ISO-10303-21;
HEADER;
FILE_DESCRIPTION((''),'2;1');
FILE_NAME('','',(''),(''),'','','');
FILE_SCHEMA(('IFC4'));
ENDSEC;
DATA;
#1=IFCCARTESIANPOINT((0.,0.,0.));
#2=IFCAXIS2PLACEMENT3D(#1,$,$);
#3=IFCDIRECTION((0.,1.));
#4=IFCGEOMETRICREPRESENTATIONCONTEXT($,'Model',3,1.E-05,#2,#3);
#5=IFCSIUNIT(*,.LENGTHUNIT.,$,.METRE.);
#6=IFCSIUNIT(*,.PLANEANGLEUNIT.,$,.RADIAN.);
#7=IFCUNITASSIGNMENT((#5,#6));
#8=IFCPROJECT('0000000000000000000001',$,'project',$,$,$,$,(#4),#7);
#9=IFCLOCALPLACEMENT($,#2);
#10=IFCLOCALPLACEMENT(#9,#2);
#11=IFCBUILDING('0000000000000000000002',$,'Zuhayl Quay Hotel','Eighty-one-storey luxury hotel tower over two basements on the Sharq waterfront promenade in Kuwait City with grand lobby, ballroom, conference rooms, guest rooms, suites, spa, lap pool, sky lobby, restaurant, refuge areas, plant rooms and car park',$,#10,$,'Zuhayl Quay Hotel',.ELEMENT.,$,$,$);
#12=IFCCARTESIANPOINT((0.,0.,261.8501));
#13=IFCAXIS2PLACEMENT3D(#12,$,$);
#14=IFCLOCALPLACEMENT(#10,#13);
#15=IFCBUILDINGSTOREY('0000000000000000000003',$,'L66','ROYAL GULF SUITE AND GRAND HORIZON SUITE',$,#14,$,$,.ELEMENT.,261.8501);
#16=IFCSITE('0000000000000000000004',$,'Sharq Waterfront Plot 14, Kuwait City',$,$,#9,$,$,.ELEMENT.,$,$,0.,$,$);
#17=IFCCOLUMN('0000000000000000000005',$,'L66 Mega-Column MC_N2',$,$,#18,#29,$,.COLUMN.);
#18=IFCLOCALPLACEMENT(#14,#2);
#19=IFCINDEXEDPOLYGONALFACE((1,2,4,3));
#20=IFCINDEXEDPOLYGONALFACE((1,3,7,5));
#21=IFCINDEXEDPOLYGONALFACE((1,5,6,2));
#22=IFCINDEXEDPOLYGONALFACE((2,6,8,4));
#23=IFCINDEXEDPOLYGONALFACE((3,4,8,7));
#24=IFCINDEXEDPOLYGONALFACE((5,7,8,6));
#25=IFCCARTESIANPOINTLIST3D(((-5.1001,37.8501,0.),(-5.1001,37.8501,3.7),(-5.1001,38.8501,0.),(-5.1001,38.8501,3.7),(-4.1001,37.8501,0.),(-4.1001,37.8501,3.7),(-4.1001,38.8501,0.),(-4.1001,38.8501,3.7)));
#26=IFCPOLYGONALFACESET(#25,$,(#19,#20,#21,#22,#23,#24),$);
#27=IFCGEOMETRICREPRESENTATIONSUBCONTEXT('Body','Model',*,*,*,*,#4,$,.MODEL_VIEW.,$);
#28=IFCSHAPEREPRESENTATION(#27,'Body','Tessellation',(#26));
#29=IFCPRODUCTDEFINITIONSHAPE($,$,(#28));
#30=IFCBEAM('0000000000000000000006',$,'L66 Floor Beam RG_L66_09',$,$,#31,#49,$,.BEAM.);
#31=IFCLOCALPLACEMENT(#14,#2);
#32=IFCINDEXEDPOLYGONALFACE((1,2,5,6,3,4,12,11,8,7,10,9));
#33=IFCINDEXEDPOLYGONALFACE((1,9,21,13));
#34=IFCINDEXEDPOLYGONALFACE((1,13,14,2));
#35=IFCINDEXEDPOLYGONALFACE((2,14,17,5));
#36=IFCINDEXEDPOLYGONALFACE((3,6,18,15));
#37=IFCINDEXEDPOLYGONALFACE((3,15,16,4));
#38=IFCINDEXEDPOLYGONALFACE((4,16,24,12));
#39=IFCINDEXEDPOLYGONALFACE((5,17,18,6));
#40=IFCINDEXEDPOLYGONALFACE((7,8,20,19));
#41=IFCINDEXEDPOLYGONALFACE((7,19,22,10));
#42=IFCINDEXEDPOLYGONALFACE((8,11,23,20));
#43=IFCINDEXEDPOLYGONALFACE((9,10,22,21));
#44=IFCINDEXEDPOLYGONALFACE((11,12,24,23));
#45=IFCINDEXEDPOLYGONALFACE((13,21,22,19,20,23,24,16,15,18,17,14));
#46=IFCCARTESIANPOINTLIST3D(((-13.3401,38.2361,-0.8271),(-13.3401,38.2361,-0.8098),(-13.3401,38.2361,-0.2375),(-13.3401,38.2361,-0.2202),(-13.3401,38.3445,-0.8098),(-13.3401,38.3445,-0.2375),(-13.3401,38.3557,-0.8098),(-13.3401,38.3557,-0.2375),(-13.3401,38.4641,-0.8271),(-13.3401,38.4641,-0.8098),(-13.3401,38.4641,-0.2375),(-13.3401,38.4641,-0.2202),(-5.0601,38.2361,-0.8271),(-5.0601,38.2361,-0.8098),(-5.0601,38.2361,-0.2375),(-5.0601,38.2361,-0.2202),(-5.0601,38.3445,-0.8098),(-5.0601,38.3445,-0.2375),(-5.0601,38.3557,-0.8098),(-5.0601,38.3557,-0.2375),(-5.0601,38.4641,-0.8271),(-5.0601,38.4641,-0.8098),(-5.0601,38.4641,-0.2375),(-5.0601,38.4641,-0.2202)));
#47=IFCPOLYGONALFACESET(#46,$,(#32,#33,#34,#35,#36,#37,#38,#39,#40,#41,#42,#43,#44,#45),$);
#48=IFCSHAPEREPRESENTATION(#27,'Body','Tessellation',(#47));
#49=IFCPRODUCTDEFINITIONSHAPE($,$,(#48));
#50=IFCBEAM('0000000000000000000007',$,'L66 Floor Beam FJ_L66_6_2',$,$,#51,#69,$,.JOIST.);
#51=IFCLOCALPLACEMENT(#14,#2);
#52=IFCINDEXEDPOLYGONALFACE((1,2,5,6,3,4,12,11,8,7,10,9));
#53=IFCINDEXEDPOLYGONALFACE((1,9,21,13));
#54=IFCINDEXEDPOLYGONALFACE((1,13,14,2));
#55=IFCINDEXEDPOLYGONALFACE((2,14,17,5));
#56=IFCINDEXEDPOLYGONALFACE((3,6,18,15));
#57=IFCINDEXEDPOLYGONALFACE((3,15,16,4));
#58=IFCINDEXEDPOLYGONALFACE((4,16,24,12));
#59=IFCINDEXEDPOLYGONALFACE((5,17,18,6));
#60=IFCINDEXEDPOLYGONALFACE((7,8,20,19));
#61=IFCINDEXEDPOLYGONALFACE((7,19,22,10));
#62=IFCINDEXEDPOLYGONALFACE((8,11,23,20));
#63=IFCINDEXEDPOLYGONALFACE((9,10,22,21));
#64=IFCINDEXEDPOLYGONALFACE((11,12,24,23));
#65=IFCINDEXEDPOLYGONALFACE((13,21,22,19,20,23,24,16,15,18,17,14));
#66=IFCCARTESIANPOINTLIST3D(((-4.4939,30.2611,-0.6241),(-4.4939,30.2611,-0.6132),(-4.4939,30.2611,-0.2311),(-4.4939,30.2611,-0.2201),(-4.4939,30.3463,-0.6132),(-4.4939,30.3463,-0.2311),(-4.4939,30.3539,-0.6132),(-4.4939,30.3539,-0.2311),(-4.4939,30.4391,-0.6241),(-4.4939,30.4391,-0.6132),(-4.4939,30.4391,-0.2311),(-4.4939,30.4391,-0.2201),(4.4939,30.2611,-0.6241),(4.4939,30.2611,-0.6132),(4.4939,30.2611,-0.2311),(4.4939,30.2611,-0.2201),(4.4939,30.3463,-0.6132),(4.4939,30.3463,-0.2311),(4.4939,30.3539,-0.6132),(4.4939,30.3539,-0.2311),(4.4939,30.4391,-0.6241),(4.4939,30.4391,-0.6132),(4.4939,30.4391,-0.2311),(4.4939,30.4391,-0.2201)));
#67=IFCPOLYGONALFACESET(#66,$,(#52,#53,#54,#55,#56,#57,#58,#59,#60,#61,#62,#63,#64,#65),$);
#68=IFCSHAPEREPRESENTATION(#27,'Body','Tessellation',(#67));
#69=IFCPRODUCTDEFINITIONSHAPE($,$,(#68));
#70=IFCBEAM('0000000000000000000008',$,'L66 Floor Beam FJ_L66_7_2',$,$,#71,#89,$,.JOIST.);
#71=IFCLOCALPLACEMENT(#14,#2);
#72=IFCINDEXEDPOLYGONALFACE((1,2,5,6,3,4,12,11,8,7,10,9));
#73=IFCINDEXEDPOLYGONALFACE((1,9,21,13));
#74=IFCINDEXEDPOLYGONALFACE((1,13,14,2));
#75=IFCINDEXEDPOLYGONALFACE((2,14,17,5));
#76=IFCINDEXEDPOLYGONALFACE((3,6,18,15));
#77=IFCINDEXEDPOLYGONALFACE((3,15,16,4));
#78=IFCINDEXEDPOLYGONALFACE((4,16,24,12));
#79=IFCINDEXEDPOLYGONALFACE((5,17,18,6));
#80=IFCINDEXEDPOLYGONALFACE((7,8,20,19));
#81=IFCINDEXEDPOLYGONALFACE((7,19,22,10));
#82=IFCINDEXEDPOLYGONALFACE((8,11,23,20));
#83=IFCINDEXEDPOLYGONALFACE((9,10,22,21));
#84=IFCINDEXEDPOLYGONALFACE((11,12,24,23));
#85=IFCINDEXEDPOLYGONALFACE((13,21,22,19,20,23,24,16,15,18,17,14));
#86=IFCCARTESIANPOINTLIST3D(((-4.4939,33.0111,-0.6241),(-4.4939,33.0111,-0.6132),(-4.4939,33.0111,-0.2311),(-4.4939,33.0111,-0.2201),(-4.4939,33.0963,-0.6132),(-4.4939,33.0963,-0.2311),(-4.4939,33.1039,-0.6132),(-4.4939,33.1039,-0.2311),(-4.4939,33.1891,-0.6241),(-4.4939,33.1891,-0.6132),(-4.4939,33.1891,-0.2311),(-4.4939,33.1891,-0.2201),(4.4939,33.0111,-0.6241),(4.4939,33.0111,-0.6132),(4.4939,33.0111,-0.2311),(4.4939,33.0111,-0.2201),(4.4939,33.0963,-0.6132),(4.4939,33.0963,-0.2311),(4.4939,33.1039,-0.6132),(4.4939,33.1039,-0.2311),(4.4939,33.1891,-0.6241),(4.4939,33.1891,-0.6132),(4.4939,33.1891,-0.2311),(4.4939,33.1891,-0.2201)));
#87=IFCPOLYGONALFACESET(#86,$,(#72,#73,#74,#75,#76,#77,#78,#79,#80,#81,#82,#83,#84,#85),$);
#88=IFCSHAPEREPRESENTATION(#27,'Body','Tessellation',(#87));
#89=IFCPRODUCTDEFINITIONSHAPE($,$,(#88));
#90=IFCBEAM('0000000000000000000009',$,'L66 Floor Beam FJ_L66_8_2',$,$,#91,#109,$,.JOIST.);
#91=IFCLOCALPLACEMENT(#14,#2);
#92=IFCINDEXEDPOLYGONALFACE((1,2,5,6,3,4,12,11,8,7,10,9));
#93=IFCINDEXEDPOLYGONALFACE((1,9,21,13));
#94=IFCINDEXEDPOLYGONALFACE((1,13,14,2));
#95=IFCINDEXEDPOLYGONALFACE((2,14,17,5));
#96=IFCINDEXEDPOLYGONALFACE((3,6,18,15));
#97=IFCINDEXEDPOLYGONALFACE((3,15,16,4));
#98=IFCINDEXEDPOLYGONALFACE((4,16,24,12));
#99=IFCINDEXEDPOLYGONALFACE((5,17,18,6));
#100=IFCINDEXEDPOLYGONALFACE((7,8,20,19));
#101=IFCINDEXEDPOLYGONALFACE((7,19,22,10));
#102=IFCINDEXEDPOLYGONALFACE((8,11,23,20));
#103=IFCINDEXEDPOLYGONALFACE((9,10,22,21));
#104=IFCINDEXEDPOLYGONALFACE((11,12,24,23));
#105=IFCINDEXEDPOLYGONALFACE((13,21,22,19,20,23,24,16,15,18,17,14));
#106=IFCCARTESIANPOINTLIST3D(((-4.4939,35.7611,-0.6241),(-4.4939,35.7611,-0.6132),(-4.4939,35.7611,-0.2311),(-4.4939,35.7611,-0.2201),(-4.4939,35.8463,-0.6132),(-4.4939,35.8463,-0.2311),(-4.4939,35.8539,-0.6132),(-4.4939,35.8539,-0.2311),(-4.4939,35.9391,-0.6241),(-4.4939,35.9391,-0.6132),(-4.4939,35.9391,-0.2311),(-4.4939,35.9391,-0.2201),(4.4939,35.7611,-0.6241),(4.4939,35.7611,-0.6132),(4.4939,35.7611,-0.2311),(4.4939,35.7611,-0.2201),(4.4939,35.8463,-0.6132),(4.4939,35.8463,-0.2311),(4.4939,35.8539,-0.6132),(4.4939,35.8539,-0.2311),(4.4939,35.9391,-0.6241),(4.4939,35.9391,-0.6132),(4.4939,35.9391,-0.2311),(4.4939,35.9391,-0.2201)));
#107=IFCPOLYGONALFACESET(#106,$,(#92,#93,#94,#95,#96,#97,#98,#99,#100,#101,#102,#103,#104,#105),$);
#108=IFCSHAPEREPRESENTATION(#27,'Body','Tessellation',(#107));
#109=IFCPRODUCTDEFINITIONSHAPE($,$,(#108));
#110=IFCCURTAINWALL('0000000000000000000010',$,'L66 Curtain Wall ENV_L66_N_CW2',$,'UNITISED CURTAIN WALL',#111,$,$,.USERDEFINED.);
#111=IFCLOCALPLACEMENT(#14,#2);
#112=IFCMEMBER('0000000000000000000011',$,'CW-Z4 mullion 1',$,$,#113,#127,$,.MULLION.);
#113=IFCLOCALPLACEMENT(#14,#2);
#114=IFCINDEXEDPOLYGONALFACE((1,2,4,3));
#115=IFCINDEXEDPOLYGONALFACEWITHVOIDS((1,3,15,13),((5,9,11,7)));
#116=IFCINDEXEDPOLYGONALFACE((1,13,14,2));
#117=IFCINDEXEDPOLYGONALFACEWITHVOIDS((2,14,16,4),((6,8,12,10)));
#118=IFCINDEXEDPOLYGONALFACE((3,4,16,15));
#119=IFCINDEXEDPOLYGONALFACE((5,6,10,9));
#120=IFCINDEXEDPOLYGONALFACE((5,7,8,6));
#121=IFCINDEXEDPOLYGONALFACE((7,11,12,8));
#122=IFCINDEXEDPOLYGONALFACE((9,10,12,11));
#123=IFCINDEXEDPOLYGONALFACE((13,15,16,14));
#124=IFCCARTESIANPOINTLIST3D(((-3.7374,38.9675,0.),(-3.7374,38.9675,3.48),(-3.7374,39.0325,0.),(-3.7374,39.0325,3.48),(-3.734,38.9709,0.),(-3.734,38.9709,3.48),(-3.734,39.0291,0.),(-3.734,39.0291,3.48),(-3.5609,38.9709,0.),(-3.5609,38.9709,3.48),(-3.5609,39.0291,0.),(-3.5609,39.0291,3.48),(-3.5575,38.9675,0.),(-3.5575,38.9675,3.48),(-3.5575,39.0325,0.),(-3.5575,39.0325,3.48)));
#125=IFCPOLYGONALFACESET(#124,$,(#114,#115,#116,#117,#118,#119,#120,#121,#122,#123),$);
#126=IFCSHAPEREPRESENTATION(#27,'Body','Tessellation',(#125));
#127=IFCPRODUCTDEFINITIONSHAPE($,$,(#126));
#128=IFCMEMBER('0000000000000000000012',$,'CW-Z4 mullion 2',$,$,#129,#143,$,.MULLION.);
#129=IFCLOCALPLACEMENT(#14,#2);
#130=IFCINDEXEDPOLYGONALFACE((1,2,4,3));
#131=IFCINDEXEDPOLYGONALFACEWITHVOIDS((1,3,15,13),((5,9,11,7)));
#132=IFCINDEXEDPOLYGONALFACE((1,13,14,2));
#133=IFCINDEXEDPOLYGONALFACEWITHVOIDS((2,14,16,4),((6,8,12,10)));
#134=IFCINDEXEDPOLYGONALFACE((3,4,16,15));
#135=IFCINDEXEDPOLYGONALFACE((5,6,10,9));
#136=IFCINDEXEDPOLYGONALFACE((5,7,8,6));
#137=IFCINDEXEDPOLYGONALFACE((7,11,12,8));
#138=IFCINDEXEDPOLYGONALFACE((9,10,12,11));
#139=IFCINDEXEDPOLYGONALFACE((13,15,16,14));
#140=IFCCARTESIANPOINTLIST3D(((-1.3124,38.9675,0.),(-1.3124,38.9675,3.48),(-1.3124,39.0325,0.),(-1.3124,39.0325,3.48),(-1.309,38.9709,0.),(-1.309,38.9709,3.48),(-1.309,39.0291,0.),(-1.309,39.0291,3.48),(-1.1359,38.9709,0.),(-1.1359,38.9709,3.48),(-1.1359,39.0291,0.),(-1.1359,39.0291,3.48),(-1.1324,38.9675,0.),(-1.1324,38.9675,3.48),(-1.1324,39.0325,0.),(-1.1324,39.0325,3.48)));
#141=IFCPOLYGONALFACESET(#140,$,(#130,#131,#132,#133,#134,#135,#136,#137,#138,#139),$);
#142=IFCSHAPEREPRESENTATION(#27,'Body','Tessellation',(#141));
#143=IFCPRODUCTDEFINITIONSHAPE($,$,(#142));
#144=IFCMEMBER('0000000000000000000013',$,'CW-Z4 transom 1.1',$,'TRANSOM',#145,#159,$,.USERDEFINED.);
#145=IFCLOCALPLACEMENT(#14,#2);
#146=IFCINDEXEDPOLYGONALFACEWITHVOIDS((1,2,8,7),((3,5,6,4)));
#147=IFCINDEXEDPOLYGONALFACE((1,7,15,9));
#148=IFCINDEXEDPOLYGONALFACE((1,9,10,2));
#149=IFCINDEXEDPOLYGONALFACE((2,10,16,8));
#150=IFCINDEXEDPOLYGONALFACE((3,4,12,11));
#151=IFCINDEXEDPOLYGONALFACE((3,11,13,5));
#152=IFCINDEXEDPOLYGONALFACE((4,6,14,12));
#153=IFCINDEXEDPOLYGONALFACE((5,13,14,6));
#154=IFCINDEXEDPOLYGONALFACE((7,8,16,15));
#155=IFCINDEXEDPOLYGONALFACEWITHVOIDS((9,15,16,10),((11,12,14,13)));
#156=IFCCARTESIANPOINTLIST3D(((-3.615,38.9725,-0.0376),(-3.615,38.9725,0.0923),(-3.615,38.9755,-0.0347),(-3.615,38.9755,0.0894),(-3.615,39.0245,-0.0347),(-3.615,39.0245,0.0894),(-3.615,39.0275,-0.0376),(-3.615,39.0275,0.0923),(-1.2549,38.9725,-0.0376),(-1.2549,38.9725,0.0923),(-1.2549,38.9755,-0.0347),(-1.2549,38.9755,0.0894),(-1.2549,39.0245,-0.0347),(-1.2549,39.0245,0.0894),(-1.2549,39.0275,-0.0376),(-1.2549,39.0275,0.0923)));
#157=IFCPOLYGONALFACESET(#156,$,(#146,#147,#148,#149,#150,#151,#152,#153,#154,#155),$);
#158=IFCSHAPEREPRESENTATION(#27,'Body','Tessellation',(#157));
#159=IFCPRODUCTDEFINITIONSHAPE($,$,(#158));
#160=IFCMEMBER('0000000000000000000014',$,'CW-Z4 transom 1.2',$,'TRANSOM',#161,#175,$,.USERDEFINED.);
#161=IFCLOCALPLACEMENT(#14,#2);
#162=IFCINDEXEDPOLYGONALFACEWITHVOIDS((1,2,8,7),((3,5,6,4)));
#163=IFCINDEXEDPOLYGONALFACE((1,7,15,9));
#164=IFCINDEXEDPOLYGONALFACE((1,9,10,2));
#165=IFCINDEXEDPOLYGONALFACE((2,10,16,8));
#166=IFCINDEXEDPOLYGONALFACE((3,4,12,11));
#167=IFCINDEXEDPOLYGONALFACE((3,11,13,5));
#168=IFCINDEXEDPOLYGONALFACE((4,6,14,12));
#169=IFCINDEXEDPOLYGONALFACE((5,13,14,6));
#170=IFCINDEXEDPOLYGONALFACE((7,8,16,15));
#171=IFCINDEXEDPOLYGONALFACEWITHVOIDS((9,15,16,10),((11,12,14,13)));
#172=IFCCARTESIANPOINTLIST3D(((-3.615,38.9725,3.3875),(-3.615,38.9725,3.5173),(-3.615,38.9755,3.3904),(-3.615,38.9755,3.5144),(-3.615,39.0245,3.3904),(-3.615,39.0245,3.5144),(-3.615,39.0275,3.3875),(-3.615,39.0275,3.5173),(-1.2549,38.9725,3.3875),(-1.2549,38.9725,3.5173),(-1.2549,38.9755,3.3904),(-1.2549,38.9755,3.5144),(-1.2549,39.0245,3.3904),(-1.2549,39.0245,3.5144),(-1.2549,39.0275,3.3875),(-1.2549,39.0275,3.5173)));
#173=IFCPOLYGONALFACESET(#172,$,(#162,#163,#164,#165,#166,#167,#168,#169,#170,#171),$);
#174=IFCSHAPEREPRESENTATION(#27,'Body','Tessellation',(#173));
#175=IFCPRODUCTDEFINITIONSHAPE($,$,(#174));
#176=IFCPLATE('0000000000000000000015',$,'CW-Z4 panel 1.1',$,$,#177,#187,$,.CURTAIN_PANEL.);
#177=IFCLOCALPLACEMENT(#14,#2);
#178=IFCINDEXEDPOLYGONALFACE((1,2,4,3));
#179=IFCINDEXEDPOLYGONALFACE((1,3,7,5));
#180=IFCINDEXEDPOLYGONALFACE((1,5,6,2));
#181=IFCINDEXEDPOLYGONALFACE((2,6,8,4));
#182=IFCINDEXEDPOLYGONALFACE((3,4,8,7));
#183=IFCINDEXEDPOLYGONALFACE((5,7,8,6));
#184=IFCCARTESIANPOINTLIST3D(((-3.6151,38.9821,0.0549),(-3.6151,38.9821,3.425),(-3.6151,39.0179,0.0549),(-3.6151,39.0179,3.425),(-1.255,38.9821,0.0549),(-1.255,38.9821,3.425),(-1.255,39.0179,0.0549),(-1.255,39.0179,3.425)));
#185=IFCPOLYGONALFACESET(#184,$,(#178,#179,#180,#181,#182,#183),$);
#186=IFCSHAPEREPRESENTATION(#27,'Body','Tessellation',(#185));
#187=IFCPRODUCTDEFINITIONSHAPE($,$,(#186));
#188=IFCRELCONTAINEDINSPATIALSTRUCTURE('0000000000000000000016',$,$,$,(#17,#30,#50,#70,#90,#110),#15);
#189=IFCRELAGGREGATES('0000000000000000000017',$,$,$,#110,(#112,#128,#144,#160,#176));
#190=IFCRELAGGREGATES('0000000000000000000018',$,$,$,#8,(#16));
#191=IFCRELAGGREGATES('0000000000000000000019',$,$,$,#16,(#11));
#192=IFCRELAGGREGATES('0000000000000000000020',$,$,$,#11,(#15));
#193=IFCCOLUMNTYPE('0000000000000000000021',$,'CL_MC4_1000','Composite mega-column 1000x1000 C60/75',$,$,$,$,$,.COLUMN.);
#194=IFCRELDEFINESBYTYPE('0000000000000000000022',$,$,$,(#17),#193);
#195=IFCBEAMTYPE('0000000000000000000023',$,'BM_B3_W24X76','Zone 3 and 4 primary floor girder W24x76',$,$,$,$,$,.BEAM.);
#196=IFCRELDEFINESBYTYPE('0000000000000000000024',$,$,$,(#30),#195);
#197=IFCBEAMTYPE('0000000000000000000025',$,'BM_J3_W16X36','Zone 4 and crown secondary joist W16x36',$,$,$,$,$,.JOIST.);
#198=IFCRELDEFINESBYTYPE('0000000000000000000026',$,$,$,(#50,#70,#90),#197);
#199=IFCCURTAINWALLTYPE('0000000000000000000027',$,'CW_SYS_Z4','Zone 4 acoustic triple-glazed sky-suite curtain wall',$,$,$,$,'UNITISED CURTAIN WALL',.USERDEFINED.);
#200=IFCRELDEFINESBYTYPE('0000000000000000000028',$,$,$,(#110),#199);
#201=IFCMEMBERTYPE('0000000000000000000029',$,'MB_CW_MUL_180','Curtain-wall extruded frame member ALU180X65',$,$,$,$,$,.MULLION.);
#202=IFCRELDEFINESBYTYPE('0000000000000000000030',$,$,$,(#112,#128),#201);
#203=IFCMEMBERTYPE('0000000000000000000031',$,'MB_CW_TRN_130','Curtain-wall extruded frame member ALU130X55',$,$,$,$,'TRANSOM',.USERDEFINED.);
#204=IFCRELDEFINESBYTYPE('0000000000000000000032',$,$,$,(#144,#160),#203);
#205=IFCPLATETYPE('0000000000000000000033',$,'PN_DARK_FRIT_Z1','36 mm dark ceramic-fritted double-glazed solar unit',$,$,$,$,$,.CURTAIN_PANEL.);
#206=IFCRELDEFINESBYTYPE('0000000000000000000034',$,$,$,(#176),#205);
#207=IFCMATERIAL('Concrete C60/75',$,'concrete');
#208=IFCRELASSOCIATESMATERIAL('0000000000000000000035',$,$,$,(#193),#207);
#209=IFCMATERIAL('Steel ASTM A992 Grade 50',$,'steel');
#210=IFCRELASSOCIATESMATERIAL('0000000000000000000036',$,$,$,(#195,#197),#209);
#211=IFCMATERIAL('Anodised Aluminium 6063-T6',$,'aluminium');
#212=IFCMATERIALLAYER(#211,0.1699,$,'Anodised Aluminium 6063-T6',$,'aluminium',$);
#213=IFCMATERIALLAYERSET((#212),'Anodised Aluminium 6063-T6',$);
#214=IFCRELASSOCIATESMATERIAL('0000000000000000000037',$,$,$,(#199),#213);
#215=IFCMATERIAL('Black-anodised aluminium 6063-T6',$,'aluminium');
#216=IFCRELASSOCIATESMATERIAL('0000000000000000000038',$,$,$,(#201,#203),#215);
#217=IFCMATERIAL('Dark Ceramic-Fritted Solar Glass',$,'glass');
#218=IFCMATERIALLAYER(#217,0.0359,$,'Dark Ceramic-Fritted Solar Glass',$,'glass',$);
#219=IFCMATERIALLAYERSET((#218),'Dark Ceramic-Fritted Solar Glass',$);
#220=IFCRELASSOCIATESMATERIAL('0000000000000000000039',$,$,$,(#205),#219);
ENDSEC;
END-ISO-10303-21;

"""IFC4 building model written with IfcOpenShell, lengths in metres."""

from ifc_helpers import new_model, si_unit, direction, frame, origin, origin_2d, place, context, subcontext, project, spatial, rectangle, hollow_rectangle, i_section, extrude, material, layer, layer_set, material_profile, profile_set, type_object, element, aggregate, save


model = new_model("IFC4")

# Units and contexts
model_context = context("Model", 3, precision=1e-05, world=origin(), true_north=direction((0.0, 1.0)))
body_context = subcontext(model_context, "Body", "Model", "MODEL_VIEW")
ifc_project = project(units=[si_unit("LENGTHUNIT", "METRE"), si_unit("PLANEANGLEUNIT", "RADIAN")], contexts=[model_context])

# Site, building, storey
site_placement = place(None, origin())
site = spatial("IfcSite", under=ifc_project, at=site_placement, Name="Sharq Waterfront Plot 14, Kuwait City", CompositionType="ELEMENT", RefElevation=0.0)
building_placement = place(site_placement, origin())
building = spatial("IfcBuilding", under=site, at=building_placement, Name="Zuhayl Quay Hotel", Description="Eighty-one-storey luxury hotel tower over two basements on the Sharq waterfront promenade in Kuwait City with grand lobby, ballroom, conference rooms, guest rooms, suites, spa, lap pool, sky lobby, restaurant, refuge areas, plant rooms and car park", LongName="Zuhayl Quay Hotel", CompositionType="ELEMENT")
storey_placement = place(building_placement, frame((0.0, 0.0, 261.8501)))
storey = spatial("IfcBuildingStorey", under=building, at=storey_placement, Name="L66", Description="ROYAL GULF SUITE AND GRAND HORIZON SUITE", CompositionType="ELEMENT", Elevation=261.8501)

# Column
ifc_material_1 = material(Name="Concrete C60/75", Category="concrete")
ifc_material_profile_1 = material_profile(ifc_material_1, rectangle(XDim=1.0, YDim=1.0, at=origin_2d()), Name="RC1000X1000")
ifc_profile_set_1 = profile_set([ifc_material_profile_1], Name="Concrete C60/75")
column_type = type_object("IfcColumnType", Name="CL_MC4_1000", Description="Composite mega-column 1000x1000 C60/75", PredefinedType="COLUMN", material=ifc_profile_set_1)
column_placement = place(storey_placement, frame((-4.6001, 38.3501, 0.0), z_axis=(0.0, 0.0, 1.0), x_axis=(1.0, 0.0, 0.0)))
element("IfcColumn", 1, at=column_placement, inside=storey, type_object=column_type, Name="L66 Mega-Column MC_N2", PredefinedType="COLUMN", context=body_context, shape_type="SweptSolid", body=[
    extrude(rectangle(XDim=1.0, YDim=1.0, at=origin_2d()), origin(), (0.0, 0.0, 1.0), 3.7),
])

# Beams
ifc_material_2 = material(Name="Steel ASTM A992 Grade 50", Category="steel")
ifc_material_profile_2 = material_profile(ifc_material_2, i_section(OverallWidth=0.228, OverallDepth=0.6069, WebThickness=0.0112, FlangeThickness=0.0173, at=origin_2d()), Name="W24X76")
ifc_profile_set_2 = profile_set([ifc_material_profile_2], Name="Steel ASTM A992 Grade 50")
beam_type_1 = type_object("IfcBeamType", Name="BM_B3_W24X76", Description="Zone 3 and 4 primary floor girder W24x76", PredefinedType="BEAM", material=ifc_profile_set_2)
beam_placement = place(storey_placement, frame((-5.0601, 38.3501, -0.5237), z_axis=(-1.0, 0.0, 0.0), x_axis=(0.0, -1.0, 0.0)))
element("IfcBeam", 2, at=beam_placement, inside=storey, type_object=beam_type_1, Name="L66 Floor Beam RG_L66_09", PredefinedType="BEAM", context=body_context, shape_type="SweptSolid", body=[
    extrude(i_section(OverallWidth=0.228, OverallDepth=0.6069, WebThickness=0.0112, FlangeThickness=0.0173, at=origin_2d()), origin(), (0.0, 0.0, 1.0), 8.28),
])
ifc_material_profile_3 = material_profile(ifc_material_2, i_section(OverallWidth=0.178, OverallDepth=0.4041, WebThickness=0.0076, FlangeThickness=0.011, at=origin_2d()), Name="W16X36")
ifc_profile_set_3 = profile_set([ifc_material_profile_3], Name="Steel ASTM A992 Grade 50")
beam_type_2 = type_object("IfcBeamType", Name="BM_J3_W16X36", Description="Zone 4 and crown secondary joist W16x36", PredefinedType="JOIST", material=ifc_profile_set_3)
for number, where, z_axis, x_axis, name in (
    (3, (-4.4939, 30.3501, -0.4221), (1.0, 0.0, 0.0), (0.0, 1.0, 0.0), "L66 Floor Beam FJ_L66_6_2"),
    (4, (-4.4939, 33.1001, -0.4221), (1.0, 0.0, 0.0), (0.0, 1.0, 0.0), "L66 Floor Beam FJ_L66_7_2"),
    (5, (-4.4939, 35.8501, -0.4221), (1.0, 0.0, 0.0), (0.0, 1.0, 0.0), "L66 Floor Beam FJ_L66_8_2"),
):
    element("IfcBeam", number, at=place(storey_placement, frame(where, z_axis=z_axis, x_axis=x_axis)), inside=storey, type_object=beam_type_2, Name=name, PredefinedType="JOIST", context=body_context, shape_type="SweptSolid", body=[
        extrude(i_section(OverallWidth=0.178, OverallDepth=0.4041, WebThickness=0.0076, FlangeThickness=0.011, at=origin_2d()), origin(), (0.0, 0.0, 1.0), 8.9878),
    ])

# Curtain wall, members, plate
ifc_material_3 = material(Name="Anodised Aluminium 6063-T6", Category="aluminium")
ifc_layer_1 = layer(ifc_material_3, 0.1699, Name="Anodised Aluminium 6063-T6", Category="aluminium")
ifc_layer_set_1 = layer_set([ifc_layer_1], Name="Anodised Aluminium 6063-T6")
curtain_wall_type = type_object("IfcCurtainWallType", Name="CW_SYS_Z4", Description="Zone 4 acoustic triple-glazed sky-suite curtain wall", ElementType="UNITISED CURTAIN WALL", PredefinedType="USERDEFINED", material=ifc_layer_set_1)
curtain_wall_placement = place(storey_placement, origin())
curtain_wall = element("IfcCurtainWall", 6, at=curtain_wall_placement, inside=storey, type_object=curtain_wall_type, Name="L66 Curtain Wall ENV_L66_N_CW2", ObjectType="UNITISED CURTAIN WALL", PredefinedType="USERDEFINED")
ifc_material_4 = material(Name="Black-anodised aluminium 6063-T6", Category="aluminium")
ifc_material_profile_4 = material_profile(ifc_material_4, hollow_rectangle(XDim=0.0649, YDim=0.1799, WallThickness=0.0034, at=origin_2d()), Name="ALU180X65")
ifc_profile_set_4 = profile_set([ifc_material_profile_4], Name="Black-anodised aluminium 6063-T6")
member_type_1 = type_object("IfcMemberType", Name="MB_CW_MUL_180", Description="Curtain-wall extruded frame member ALU180X65", PredefinedType="MULLION", material=ifc_profile_set_4)
member_1_placement = place(storey_placement, frame((-3.6475, 39.0, 0.0), z_axis=(0.0, 0.0, 1.0), x_axis=(0.0, 1.0, 0.0)))
member_1 = element("IfcMember", 7, at=member_1_placement, type_object=member_type_1, Name="CW-Z4 mullion 1", PredefinedType="MULLION", context=body_context, shape_type="SweptSolid", body=[
    extrude(hollow_rectangle(XDim=0.0649, YDim=0.1799, WallThickness=0.0034, at=origin_2d()), origin(), (0.0, 0.0, 1.0), 3.48),
])
member_2_placement = place(storey_placement, frame((-1.2224, 39.0, 0.0), z_axis=(0.0, 0.0, 1.0), x_axis=(0.0, 1.0, 0.0)))
member_2 = element("IfcMember", 8, at=member_2_placement, type_object=member_type_1, Name="CW-Z4 mullion 2", PredefinedType="MULLION", context=body_context, shape_type="SweptSolid", body=[
    extrude(hollow_rectangle(XDim=0.0649, YDim=0.1799, WallThickness=0.0034, at=origin_2d()), origin(), (0.0, 0.0, 1.0), 3.48),
])
ifc_material_profile_5 = material_profile(ifc_material_4, hollow_rectangle(XDim=0.0549, YDim=0.1299, WallThickness=0.0029, at=origin_2d()), Name="ALU130X55")
ifc_profile_set_5 = profile_set([ifc_material_profile_5], Name="Black-anodised aluminium 6063-T6")
member_type_2 = type_object("IfcMemberType", Name="MB_CW_TRN_130", Description="Curtain-wall extruded frame member ALU130X55", ElementType="TRANSOM", PredefinedType="USERDEFINED", material=ifc_profile_set_5)
member_3_placement = place(storey_placement, frame((-3.615, 39.0, 0.0273), z_axis=(1.0, 0.0, 0.0), x_axis=(0.0, 1.0, 0.0)))
member_3 = element("IfcMember", 9, at=member_3_placement, type_object=member_type_2, Name="CW-Z4 transom 1.1", ObjectType="TRANSOM", PredefinedType="USERDEFINED", context=body_context, shape_type="SweptSolid", body=[
    extrude(hollow_rectangle(XDim=0.0549, YDim=0.1299, WallThickness=0.0029, at=origin_2d()), origin(), (0.0, 0.0, 1.0), 2.3601),
])
member_4_placement = place(storey_placement, frame((-3.615, 39.0, 3.4524), z_axis=(1.0, 0.0, 0.0), x_axis=(0.0, 1.0, 0.0)))
member_4 = element("IfcMember", 10, at=member_4_placement, type_object=member_type_2, Name="CW-Z4 transom 1.2", ObjectType="TRANSOM", PredefinedType="USERDEFINED", context=body_context, shape_type="SweptSolid", body=[
    extrude(hollow_rectangle(XDim=0.0549, YDim=0.1299, WallThickness=0.0029, at=origin_2d()), origin(), (0.0, 0.0, 1.0), 2.3601),
])
ifc_material_5 = material(Name="Dark Ceramic-Fritted Solar Glass", Category="glass")
ifc_layer_2 = layer(ifc_material_5, 0.0359, Name="Dark Ceramic-Fritted Solar Glass", Category="glass")
ifc_layer_set_2 = layer_set([ifc_layer_2], Name="Dark Ceramic-Fritted Solar Glass")
plate_type = type_object("IfcPlateType", Name="PN_DARK_FRIT_Z1", Description="36 mm dark ceramic-fritted double-glazed solar unit", PredefinedType="CURTAIN_PANEL", material=ifc_layer_set_2)
plate_placement = place(storey_placement, frame((-2.4351, 39.0, 0.0549), z_axis=(0.0, 0.0, 1.0), x_axis=(1.0, 0.0, 0.0)))
plate = element("IfcPlate", 11, at=plate_placement, type_object=plate_type, Name="CW-Z4 panel 1.1", PredefinedType="CURTAIN_PANEL", context=body_context, shape_type="SweptSolid", body=[
    extrude(rectangle(XDim=2.3601, YDim=0.0359, at=origin_2d()), origin(), (0.0, 0.0, 1.0), 3.3701),
])
aggregate(curtain_wall, [member_1, member_2, member_3, member_4, plate])

save(model, "model.ifc")
